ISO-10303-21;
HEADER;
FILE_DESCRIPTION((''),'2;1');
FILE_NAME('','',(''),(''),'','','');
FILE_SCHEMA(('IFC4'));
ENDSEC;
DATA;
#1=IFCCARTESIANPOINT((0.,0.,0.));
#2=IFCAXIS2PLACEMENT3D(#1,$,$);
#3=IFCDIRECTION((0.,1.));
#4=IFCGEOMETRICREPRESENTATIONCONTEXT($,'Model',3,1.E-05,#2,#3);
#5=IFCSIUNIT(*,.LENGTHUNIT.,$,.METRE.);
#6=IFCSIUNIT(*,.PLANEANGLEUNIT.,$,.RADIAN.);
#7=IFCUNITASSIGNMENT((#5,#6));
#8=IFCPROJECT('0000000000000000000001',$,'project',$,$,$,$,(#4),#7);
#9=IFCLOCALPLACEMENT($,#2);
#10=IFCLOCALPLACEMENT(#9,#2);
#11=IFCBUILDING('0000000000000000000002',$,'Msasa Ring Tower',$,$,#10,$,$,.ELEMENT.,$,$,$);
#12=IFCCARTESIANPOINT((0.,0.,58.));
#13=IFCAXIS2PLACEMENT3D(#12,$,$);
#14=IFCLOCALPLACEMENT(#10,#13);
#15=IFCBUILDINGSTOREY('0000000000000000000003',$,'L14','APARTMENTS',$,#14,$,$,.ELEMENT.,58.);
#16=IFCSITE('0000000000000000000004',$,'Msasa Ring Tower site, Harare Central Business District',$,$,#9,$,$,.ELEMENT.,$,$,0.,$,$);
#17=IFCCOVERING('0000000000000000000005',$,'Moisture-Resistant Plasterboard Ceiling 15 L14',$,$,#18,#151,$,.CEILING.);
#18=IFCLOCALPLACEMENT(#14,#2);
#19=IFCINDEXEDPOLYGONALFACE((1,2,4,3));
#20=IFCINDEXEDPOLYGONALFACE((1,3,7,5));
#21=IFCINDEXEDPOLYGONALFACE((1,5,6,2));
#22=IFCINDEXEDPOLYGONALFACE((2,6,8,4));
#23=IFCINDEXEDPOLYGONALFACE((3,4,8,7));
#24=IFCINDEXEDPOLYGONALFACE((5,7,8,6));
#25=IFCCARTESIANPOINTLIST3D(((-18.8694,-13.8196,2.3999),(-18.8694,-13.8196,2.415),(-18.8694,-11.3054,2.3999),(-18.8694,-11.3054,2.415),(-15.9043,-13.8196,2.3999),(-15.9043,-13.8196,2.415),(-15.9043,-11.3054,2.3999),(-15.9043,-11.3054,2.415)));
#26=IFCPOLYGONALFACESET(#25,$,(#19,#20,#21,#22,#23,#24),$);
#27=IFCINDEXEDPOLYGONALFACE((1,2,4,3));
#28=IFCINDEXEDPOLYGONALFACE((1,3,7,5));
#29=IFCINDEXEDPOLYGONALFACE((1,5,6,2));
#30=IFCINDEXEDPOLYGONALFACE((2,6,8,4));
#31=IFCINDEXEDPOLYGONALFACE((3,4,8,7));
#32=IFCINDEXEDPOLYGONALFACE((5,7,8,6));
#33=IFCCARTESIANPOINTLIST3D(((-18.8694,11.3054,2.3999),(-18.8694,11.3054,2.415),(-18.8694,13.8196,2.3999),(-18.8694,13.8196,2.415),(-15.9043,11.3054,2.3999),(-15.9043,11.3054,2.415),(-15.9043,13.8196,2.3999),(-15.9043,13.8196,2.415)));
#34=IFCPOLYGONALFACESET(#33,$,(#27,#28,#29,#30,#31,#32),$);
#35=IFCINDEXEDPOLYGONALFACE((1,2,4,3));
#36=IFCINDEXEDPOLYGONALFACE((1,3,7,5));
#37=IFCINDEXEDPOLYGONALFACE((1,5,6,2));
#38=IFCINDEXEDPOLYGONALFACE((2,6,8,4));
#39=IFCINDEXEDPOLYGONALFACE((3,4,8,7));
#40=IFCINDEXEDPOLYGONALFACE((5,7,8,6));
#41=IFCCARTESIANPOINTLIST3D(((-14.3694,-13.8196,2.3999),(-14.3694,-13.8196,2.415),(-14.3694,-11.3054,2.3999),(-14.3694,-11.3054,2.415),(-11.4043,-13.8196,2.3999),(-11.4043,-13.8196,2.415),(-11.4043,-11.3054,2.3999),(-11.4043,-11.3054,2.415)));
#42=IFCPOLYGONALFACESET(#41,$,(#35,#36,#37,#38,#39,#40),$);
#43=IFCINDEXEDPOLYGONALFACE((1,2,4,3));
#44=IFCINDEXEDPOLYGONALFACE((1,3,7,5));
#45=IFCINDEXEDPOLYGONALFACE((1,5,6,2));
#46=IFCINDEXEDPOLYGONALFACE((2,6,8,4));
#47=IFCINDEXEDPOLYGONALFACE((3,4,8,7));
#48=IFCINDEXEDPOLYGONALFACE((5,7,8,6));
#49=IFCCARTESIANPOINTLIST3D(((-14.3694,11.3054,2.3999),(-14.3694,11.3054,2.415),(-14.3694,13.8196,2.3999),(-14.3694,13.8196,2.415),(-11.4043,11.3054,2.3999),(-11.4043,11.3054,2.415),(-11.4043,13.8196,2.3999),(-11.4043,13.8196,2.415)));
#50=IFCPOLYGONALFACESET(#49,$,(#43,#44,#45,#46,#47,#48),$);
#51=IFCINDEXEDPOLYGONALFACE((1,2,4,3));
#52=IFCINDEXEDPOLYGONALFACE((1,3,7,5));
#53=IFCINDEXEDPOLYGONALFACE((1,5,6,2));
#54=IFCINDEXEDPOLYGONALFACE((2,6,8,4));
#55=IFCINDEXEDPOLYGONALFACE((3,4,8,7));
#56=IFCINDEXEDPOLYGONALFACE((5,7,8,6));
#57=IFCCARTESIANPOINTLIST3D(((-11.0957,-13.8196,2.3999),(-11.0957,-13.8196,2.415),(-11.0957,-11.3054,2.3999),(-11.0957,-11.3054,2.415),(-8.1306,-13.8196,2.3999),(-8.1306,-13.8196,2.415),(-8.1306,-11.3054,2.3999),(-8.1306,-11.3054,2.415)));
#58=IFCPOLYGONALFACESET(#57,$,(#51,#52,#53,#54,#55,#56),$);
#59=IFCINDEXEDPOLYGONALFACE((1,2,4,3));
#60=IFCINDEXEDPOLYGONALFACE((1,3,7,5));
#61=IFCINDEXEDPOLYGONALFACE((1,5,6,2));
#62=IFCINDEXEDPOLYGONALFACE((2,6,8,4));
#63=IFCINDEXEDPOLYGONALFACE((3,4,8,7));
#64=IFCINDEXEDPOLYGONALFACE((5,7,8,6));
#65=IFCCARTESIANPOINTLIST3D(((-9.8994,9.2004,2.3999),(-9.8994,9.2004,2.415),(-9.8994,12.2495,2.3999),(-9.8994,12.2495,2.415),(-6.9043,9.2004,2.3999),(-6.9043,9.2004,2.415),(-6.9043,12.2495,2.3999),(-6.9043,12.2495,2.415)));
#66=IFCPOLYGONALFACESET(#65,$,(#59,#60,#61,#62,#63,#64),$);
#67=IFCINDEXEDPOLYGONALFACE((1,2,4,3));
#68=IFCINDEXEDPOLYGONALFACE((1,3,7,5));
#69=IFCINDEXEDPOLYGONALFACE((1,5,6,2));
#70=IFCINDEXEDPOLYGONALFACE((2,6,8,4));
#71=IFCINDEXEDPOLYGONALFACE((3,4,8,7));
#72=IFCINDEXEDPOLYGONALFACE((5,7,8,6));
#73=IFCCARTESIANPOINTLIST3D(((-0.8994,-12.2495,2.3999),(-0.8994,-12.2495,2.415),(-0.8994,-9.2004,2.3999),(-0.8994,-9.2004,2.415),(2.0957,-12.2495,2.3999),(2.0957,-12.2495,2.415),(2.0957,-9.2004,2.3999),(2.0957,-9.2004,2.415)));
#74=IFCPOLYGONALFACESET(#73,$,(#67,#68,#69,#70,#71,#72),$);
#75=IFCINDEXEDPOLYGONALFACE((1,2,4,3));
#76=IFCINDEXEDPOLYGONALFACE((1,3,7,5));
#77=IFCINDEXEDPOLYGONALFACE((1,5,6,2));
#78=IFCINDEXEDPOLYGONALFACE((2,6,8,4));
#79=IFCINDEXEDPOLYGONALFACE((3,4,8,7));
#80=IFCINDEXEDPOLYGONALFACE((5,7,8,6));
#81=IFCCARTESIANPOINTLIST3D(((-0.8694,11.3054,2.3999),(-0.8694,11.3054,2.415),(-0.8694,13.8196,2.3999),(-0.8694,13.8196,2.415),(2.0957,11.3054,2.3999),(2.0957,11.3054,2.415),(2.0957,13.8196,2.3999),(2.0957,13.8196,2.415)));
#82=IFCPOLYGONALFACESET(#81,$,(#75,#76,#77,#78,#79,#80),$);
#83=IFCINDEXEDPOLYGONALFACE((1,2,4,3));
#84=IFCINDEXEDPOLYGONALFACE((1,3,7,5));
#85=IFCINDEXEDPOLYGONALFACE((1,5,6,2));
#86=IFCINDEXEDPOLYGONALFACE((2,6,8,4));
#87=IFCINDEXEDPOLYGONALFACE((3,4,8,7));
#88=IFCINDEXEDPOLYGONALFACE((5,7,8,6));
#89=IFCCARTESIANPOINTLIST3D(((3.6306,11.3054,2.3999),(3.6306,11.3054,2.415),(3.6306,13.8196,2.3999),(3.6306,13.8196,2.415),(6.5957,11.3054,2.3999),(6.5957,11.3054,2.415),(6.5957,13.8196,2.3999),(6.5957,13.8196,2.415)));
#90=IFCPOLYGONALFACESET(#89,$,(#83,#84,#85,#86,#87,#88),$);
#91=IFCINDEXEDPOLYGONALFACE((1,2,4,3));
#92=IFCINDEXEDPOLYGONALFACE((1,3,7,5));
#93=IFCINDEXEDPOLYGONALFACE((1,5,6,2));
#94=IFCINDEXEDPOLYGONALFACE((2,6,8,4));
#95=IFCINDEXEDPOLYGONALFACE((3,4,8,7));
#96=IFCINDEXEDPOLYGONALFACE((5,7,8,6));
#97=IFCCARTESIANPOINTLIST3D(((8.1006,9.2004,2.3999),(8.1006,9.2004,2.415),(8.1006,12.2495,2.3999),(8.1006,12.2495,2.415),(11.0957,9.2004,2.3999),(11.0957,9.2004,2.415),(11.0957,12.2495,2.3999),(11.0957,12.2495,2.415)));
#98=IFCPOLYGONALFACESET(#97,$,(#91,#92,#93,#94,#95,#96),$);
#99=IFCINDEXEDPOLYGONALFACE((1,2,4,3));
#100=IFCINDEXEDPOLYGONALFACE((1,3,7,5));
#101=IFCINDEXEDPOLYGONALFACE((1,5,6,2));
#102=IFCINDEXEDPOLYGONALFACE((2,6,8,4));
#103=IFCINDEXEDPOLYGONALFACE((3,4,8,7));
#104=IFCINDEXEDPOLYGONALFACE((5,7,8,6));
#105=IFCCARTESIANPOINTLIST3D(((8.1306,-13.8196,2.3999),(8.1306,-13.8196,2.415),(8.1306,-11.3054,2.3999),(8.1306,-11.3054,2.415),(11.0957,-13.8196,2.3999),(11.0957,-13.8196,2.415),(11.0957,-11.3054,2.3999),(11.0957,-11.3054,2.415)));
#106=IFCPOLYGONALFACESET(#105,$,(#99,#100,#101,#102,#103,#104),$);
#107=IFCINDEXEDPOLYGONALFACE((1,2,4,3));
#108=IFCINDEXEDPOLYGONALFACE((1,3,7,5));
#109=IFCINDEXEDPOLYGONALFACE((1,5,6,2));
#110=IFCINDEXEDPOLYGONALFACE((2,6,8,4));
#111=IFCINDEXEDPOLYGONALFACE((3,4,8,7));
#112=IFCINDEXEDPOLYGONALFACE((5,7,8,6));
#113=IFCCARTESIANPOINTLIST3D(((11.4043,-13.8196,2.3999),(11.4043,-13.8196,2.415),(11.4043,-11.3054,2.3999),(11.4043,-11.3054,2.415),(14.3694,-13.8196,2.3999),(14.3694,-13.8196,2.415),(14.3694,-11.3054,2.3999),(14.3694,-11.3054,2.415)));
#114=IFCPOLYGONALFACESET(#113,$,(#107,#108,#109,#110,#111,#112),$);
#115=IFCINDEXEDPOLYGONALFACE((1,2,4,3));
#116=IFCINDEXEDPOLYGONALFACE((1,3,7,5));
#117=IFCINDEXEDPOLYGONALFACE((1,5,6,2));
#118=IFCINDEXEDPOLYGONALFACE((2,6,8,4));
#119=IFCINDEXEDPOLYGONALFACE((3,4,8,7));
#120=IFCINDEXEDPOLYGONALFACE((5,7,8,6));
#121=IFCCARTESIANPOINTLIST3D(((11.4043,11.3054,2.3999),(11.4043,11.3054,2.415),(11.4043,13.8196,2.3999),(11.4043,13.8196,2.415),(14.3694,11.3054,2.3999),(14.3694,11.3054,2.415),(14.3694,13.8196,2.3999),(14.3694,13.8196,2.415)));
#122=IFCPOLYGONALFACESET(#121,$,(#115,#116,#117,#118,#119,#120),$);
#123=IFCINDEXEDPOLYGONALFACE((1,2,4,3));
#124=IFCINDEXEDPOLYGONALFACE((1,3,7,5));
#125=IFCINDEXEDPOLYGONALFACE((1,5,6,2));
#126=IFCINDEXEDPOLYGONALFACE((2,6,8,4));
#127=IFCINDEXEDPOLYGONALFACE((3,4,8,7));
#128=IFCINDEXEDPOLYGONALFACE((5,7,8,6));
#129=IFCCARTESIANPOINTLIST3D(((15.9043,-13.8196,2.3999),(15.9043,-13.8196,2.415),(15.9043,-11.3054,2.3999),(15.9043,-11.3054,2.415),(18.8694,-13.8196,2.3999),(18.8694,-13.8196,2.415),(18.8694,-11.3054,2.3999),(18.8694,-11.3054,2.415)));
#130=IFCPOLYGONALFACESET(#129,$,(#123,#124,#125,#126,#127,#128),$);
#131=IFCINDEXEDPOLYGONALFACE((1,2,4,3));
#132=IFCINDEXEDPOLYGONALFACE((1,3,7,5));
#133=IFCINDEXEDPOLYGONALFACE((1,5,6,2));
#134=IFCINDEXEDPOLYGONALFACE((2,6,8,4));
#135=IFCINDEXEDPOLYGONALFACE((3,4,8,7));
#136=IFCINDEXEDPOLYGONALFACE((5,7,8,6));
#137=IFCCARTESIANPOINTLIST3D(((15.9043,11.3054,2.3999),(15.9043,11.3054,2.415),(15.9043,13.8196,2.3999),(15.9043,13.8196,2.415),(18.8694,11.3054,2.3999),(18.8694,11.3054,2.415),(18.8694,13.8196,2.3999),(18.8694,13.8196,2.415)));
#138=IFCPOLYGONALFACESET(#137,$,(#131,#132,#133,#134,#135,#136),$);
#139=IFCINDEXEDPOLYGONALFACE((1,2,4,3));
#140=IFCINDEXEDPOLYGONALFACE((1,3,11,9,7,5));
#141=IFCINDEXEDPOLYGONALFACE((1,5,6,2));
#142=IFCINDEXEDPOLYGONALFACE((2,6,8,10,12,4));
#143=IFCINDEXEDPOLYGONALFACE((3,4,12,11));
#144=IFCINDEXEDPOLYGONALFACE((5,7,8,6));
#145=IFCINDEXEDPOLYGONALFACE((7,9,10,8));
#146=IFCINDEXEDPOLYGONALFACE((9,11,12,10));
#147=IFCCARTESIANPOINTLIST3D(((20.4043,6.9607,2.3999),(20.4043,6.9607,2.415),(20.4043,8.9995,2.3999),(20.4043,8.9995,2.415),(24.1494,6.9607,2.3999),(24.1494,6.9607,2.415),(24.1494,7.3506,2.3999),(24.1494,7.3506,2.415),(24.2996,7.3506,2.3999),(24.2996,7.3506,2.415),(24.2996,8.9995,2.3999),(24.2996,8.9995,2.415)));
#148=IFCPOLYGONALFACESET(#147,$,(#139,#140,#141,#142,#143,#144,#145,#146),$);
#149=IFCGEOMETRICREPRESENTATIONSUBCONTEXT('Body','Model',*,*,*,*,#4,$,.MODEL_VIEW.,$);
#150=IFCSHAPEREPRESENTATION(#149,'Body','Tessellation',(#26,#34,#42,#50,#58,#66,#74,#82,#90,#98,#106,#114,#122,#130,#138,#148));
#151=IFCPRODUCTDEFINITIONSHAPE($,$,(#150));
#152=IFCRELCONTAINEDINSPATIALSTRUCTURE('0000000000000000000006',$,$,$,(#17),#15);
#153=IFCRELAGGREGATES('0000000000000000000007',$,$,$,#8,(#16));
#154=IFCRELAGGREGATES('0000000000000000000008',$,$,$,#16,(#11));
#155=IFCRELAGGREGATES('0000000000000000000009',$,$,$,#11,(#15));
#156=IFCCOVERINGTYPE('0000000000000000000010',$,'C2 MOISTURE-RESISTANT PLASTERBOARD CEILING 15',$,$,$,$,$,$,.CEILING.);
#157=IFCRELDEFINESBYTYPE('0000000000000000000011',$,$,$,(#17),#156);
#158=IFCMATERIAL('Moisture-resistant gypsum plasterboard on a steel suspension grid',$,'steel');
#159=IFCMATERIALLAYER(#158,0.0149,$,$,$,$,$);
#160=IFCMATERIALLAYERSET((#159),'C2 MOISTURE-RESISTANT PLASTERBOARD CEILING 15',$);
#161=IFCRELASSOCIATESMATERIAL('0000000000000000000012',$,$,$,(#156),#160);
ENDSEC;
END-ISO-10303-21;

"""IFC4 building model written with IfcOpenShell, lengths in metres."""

from ifc_helpers import new_model, si_unit, direction, frame, origin, place, context, subcontext, project, spatial, line, indexed_curve, outline, extrude, material, layer, layer_set, type_object, element, save


model = new_model("IFC4")

# Units and contexts
model_context = context("Model", 3, precision=1e-05, world=origin(), true_north=direction((0.0, 1.0)))
body_context = subcontext(model_context, "Body", "Model", "MODEL_VIEW")
ifc_project = project(units=[si_unit("LENGTHUNIT", "METRE"), si_unit("PLANEANGLEUNIT", "RADIAN")], contexts=[model_context])

# Site, building, storey
site_placement = place(None, origin())
site = spatial("IfcSite", under=ifc_project, at=site_placement, Name="Msasa Ring Tower site, Harare Central Business District", CompositionType="ELEMENT", RefElevation=0.0)
building_placement = place(site_placement, origin())
building = spatial("IfcBuilding", under=site, at=building_placement, Name="Msasa Ring Tower", CompositionType="ELEMENT")
storey_placement = place(building_placement, frame((0.0, 0.0, 58.0)))
storey = spatial("IfcBuildingStorey", under=building, at=storey_placement, Name="L14", Description="APARTMENTS", CompositionType="ELEMENT", Elevation=58.0)

# Covering
ifc_material_1 = material(Name="Moisture-resistant gypsum plasterboard on a steel suspension grid", Category="steel")
ifc_layer_1 = layer(ifc_material_1, 0.0149)
ifc_layer_set_1 = layer_set([ifc_layer_1], Name="C2 MOISTURE-RESISTANT PLASTERBOARD CEILING 15")
covering_type_1 = type_object("IfcCoveringType", Name="C2 MOISTURE-RESISTANT PLASTERBOARD CEILING 15", PredefinedType="CEILING", material=ifc_layer_set_1)
covering_1_placement = place(storey_placement, frame((0.0, 0.0, 2.3999)))
element("IfcCovering", 1, at=covering_1_placement, inside=storey, type_object=covering_type_1, Name="Moisture-Resistant Plasterboard Ceiling 15 L14", PredefinedType="CEILING", context=body_context, shape_type="SweptSolid", body=[
    extrude(outline(indexed_curve([(-18.8694, -11.3054), (-15.9043, -11.3054), (-15.9043, -13.8196), (-18.8694, -13.8196)], segments=[line(1, 2, 3, 4, 1)], self_intersect=False)), origin(), (0.0, 0.0, 1.0), 0.0151),
    extrude(outline(indexed_curve([(-18.8694, 13.8196), (-15.9043, 13.8196), (-15.9043, 11.3054), (-18.8694, 11.3054)], segments=[line(1, 2, 3, 4, 1)], self_intersect=False)), origin(), (0.0, 0.0, 1.0), 0.0151),
    extrude(outline(indexed_curve([(-14.3694, -11.3054), (-11.4043, -11.3054), (-11.4043, -13.8196), (-14.3694, -13.8196)], segments=[line(1, 2, 3, 4, 1)], self_intersect=False)), origin(), (0.0, 0.0, 1.0), 0.0151),
    extrude(outline(indexed_curve([(-14.3694, 13.8196), (-11.4043, 13.8196), (-11.4043, 11.3054), (-14.3694, 11.3054)], segments=[line(1, 2, 3, 4, 1)], self_intersect=False)), origin(), (0.0, 0.0, 1.0), 0.0151),
    extrude(outline(indexed_curve([(-8.1306, -11.3054), (-8.1306, -13.8196), (-11.0957, -13.8196), (-11.0957, -11.3054)], segments=[line(1, 2, 3, 4, 1)], self_intersect=False)), origin(), (0.0, 0.0, 1.0), 0.0151),
    extrude(outline(indexed_curve([(-9.8994, 12.2495), (-6.9043, 12.2495), (-6.9043, 9.2004), (-9.8994, 9.2004)], segments=[line(1, 2, 3, 4, 1)], self_intersect=False)), origin(), (0.0, 0.0, 1.0), 0.0151),
    extrude(outline(indexed_curve([(-0.8994, -9.2004), (2.0957, -9.2004), (2.0957, -12.2495), (-0.8994, -12.2495)], segments=[line(1, 2, 3, 4, 1)], self_intersect=False)), origin(), (0.0, 0.0, 1.0), 0.0151),
    extrude(outline(indexed_curve([(-0.8694, 13.8196), (2.0957, 13.8196), (2.0957, 11.3054), (-0.8694, 11.3054)], segments=[line(1, 2, 3, 4, 1)], self_intersect=False)), origin(), (0.0, 0.0, 1.0), 0.0151),
    extrude(outline(indexed_curve([(3.6306, 13.8196), (6.5957, 13.8196), (6.5957, 11.3054), (3.6306, 11.3054)], segments=[line(1, 2, 3, 4, 1)], self_intersect=False)), origin(), (0.0, 0.0, 1.0), 0.0151),
    extrude(outline(indexed_curve([(8.1006, 12.2495), (11.0957, 12.2495), (11.0957, 9.2004), (8.1006, 9.2004)], segments=[line(1, 2, 3, 4, 1)], self_intersect=False)), origin(), (0.0, 0.0, 1.0), 0.0151),
    extrude(outline(indexed_curve([(8.1306, -11.3054), (11.0957, -11.3054), (11.0957, -13.8196), (8.1306, -13.8196)], segments=[line(1, 2, 3, 4, 1)], self_intersect=False)), origin(), (0.0, 0.0, 1.0), 0.0151),
    extrude(outline(indexed_curve([(14.3694, -11.3054), (14.3694, -13.8196), (11.4043, -13.8196), (11.4043, -11.3054)], segments=[line(1, 2, 3, 4, 1)], self_intersect=False)), origin(), (0.0, 0.0, 1.0), 0.0151),
    extrude(outline(indexed_curve([(14.3694, 13.8196), (14.3694, 11.3054), (11.4043, 11.3054), (11.4043, 13.8196)], segments=[line(1, 2, 3, 4, 1)], self_intersect=False)), origin(), (0.0, 0.0, 1.0), 0.0151),
    extrude(outline(indexed_curve([(18.8694, -11.3054), (18.8694, -13.8196), (15.9043, -13.8196), (15.9043, -11.3054)], segments=[line(1, 2, 3, 4, 1)], self_intersect=False)), origin(), (0.0, 0.0, 1.0), 0.0151),
    extrude(outline(indexed_curve([(18.8694, 13.8196), (18.8694, 11.3054), (15.9043, 11.3054), (15.9043, 13.8196)], segments=[line(1, 2, 3, 4, 1)], self_intersect=False)), origin(), (0.0, 0.0, 1.0), 0.0151),
    extrude(outline(indexed_curve([(24.2996, 8.9995), (24.2996, 7.3506), (24.1494, 7.3506), (24.1494, 6.9607), (20.4043, 6.9607), (20.4043, 8.9995)], segments=[line(1, 2, 3, 4, 5, 6, 1)], self_intersect=False)), origin(), (0.0, 0.0, 1.0), 0.0151),
])

save(model, "model.ifc")
